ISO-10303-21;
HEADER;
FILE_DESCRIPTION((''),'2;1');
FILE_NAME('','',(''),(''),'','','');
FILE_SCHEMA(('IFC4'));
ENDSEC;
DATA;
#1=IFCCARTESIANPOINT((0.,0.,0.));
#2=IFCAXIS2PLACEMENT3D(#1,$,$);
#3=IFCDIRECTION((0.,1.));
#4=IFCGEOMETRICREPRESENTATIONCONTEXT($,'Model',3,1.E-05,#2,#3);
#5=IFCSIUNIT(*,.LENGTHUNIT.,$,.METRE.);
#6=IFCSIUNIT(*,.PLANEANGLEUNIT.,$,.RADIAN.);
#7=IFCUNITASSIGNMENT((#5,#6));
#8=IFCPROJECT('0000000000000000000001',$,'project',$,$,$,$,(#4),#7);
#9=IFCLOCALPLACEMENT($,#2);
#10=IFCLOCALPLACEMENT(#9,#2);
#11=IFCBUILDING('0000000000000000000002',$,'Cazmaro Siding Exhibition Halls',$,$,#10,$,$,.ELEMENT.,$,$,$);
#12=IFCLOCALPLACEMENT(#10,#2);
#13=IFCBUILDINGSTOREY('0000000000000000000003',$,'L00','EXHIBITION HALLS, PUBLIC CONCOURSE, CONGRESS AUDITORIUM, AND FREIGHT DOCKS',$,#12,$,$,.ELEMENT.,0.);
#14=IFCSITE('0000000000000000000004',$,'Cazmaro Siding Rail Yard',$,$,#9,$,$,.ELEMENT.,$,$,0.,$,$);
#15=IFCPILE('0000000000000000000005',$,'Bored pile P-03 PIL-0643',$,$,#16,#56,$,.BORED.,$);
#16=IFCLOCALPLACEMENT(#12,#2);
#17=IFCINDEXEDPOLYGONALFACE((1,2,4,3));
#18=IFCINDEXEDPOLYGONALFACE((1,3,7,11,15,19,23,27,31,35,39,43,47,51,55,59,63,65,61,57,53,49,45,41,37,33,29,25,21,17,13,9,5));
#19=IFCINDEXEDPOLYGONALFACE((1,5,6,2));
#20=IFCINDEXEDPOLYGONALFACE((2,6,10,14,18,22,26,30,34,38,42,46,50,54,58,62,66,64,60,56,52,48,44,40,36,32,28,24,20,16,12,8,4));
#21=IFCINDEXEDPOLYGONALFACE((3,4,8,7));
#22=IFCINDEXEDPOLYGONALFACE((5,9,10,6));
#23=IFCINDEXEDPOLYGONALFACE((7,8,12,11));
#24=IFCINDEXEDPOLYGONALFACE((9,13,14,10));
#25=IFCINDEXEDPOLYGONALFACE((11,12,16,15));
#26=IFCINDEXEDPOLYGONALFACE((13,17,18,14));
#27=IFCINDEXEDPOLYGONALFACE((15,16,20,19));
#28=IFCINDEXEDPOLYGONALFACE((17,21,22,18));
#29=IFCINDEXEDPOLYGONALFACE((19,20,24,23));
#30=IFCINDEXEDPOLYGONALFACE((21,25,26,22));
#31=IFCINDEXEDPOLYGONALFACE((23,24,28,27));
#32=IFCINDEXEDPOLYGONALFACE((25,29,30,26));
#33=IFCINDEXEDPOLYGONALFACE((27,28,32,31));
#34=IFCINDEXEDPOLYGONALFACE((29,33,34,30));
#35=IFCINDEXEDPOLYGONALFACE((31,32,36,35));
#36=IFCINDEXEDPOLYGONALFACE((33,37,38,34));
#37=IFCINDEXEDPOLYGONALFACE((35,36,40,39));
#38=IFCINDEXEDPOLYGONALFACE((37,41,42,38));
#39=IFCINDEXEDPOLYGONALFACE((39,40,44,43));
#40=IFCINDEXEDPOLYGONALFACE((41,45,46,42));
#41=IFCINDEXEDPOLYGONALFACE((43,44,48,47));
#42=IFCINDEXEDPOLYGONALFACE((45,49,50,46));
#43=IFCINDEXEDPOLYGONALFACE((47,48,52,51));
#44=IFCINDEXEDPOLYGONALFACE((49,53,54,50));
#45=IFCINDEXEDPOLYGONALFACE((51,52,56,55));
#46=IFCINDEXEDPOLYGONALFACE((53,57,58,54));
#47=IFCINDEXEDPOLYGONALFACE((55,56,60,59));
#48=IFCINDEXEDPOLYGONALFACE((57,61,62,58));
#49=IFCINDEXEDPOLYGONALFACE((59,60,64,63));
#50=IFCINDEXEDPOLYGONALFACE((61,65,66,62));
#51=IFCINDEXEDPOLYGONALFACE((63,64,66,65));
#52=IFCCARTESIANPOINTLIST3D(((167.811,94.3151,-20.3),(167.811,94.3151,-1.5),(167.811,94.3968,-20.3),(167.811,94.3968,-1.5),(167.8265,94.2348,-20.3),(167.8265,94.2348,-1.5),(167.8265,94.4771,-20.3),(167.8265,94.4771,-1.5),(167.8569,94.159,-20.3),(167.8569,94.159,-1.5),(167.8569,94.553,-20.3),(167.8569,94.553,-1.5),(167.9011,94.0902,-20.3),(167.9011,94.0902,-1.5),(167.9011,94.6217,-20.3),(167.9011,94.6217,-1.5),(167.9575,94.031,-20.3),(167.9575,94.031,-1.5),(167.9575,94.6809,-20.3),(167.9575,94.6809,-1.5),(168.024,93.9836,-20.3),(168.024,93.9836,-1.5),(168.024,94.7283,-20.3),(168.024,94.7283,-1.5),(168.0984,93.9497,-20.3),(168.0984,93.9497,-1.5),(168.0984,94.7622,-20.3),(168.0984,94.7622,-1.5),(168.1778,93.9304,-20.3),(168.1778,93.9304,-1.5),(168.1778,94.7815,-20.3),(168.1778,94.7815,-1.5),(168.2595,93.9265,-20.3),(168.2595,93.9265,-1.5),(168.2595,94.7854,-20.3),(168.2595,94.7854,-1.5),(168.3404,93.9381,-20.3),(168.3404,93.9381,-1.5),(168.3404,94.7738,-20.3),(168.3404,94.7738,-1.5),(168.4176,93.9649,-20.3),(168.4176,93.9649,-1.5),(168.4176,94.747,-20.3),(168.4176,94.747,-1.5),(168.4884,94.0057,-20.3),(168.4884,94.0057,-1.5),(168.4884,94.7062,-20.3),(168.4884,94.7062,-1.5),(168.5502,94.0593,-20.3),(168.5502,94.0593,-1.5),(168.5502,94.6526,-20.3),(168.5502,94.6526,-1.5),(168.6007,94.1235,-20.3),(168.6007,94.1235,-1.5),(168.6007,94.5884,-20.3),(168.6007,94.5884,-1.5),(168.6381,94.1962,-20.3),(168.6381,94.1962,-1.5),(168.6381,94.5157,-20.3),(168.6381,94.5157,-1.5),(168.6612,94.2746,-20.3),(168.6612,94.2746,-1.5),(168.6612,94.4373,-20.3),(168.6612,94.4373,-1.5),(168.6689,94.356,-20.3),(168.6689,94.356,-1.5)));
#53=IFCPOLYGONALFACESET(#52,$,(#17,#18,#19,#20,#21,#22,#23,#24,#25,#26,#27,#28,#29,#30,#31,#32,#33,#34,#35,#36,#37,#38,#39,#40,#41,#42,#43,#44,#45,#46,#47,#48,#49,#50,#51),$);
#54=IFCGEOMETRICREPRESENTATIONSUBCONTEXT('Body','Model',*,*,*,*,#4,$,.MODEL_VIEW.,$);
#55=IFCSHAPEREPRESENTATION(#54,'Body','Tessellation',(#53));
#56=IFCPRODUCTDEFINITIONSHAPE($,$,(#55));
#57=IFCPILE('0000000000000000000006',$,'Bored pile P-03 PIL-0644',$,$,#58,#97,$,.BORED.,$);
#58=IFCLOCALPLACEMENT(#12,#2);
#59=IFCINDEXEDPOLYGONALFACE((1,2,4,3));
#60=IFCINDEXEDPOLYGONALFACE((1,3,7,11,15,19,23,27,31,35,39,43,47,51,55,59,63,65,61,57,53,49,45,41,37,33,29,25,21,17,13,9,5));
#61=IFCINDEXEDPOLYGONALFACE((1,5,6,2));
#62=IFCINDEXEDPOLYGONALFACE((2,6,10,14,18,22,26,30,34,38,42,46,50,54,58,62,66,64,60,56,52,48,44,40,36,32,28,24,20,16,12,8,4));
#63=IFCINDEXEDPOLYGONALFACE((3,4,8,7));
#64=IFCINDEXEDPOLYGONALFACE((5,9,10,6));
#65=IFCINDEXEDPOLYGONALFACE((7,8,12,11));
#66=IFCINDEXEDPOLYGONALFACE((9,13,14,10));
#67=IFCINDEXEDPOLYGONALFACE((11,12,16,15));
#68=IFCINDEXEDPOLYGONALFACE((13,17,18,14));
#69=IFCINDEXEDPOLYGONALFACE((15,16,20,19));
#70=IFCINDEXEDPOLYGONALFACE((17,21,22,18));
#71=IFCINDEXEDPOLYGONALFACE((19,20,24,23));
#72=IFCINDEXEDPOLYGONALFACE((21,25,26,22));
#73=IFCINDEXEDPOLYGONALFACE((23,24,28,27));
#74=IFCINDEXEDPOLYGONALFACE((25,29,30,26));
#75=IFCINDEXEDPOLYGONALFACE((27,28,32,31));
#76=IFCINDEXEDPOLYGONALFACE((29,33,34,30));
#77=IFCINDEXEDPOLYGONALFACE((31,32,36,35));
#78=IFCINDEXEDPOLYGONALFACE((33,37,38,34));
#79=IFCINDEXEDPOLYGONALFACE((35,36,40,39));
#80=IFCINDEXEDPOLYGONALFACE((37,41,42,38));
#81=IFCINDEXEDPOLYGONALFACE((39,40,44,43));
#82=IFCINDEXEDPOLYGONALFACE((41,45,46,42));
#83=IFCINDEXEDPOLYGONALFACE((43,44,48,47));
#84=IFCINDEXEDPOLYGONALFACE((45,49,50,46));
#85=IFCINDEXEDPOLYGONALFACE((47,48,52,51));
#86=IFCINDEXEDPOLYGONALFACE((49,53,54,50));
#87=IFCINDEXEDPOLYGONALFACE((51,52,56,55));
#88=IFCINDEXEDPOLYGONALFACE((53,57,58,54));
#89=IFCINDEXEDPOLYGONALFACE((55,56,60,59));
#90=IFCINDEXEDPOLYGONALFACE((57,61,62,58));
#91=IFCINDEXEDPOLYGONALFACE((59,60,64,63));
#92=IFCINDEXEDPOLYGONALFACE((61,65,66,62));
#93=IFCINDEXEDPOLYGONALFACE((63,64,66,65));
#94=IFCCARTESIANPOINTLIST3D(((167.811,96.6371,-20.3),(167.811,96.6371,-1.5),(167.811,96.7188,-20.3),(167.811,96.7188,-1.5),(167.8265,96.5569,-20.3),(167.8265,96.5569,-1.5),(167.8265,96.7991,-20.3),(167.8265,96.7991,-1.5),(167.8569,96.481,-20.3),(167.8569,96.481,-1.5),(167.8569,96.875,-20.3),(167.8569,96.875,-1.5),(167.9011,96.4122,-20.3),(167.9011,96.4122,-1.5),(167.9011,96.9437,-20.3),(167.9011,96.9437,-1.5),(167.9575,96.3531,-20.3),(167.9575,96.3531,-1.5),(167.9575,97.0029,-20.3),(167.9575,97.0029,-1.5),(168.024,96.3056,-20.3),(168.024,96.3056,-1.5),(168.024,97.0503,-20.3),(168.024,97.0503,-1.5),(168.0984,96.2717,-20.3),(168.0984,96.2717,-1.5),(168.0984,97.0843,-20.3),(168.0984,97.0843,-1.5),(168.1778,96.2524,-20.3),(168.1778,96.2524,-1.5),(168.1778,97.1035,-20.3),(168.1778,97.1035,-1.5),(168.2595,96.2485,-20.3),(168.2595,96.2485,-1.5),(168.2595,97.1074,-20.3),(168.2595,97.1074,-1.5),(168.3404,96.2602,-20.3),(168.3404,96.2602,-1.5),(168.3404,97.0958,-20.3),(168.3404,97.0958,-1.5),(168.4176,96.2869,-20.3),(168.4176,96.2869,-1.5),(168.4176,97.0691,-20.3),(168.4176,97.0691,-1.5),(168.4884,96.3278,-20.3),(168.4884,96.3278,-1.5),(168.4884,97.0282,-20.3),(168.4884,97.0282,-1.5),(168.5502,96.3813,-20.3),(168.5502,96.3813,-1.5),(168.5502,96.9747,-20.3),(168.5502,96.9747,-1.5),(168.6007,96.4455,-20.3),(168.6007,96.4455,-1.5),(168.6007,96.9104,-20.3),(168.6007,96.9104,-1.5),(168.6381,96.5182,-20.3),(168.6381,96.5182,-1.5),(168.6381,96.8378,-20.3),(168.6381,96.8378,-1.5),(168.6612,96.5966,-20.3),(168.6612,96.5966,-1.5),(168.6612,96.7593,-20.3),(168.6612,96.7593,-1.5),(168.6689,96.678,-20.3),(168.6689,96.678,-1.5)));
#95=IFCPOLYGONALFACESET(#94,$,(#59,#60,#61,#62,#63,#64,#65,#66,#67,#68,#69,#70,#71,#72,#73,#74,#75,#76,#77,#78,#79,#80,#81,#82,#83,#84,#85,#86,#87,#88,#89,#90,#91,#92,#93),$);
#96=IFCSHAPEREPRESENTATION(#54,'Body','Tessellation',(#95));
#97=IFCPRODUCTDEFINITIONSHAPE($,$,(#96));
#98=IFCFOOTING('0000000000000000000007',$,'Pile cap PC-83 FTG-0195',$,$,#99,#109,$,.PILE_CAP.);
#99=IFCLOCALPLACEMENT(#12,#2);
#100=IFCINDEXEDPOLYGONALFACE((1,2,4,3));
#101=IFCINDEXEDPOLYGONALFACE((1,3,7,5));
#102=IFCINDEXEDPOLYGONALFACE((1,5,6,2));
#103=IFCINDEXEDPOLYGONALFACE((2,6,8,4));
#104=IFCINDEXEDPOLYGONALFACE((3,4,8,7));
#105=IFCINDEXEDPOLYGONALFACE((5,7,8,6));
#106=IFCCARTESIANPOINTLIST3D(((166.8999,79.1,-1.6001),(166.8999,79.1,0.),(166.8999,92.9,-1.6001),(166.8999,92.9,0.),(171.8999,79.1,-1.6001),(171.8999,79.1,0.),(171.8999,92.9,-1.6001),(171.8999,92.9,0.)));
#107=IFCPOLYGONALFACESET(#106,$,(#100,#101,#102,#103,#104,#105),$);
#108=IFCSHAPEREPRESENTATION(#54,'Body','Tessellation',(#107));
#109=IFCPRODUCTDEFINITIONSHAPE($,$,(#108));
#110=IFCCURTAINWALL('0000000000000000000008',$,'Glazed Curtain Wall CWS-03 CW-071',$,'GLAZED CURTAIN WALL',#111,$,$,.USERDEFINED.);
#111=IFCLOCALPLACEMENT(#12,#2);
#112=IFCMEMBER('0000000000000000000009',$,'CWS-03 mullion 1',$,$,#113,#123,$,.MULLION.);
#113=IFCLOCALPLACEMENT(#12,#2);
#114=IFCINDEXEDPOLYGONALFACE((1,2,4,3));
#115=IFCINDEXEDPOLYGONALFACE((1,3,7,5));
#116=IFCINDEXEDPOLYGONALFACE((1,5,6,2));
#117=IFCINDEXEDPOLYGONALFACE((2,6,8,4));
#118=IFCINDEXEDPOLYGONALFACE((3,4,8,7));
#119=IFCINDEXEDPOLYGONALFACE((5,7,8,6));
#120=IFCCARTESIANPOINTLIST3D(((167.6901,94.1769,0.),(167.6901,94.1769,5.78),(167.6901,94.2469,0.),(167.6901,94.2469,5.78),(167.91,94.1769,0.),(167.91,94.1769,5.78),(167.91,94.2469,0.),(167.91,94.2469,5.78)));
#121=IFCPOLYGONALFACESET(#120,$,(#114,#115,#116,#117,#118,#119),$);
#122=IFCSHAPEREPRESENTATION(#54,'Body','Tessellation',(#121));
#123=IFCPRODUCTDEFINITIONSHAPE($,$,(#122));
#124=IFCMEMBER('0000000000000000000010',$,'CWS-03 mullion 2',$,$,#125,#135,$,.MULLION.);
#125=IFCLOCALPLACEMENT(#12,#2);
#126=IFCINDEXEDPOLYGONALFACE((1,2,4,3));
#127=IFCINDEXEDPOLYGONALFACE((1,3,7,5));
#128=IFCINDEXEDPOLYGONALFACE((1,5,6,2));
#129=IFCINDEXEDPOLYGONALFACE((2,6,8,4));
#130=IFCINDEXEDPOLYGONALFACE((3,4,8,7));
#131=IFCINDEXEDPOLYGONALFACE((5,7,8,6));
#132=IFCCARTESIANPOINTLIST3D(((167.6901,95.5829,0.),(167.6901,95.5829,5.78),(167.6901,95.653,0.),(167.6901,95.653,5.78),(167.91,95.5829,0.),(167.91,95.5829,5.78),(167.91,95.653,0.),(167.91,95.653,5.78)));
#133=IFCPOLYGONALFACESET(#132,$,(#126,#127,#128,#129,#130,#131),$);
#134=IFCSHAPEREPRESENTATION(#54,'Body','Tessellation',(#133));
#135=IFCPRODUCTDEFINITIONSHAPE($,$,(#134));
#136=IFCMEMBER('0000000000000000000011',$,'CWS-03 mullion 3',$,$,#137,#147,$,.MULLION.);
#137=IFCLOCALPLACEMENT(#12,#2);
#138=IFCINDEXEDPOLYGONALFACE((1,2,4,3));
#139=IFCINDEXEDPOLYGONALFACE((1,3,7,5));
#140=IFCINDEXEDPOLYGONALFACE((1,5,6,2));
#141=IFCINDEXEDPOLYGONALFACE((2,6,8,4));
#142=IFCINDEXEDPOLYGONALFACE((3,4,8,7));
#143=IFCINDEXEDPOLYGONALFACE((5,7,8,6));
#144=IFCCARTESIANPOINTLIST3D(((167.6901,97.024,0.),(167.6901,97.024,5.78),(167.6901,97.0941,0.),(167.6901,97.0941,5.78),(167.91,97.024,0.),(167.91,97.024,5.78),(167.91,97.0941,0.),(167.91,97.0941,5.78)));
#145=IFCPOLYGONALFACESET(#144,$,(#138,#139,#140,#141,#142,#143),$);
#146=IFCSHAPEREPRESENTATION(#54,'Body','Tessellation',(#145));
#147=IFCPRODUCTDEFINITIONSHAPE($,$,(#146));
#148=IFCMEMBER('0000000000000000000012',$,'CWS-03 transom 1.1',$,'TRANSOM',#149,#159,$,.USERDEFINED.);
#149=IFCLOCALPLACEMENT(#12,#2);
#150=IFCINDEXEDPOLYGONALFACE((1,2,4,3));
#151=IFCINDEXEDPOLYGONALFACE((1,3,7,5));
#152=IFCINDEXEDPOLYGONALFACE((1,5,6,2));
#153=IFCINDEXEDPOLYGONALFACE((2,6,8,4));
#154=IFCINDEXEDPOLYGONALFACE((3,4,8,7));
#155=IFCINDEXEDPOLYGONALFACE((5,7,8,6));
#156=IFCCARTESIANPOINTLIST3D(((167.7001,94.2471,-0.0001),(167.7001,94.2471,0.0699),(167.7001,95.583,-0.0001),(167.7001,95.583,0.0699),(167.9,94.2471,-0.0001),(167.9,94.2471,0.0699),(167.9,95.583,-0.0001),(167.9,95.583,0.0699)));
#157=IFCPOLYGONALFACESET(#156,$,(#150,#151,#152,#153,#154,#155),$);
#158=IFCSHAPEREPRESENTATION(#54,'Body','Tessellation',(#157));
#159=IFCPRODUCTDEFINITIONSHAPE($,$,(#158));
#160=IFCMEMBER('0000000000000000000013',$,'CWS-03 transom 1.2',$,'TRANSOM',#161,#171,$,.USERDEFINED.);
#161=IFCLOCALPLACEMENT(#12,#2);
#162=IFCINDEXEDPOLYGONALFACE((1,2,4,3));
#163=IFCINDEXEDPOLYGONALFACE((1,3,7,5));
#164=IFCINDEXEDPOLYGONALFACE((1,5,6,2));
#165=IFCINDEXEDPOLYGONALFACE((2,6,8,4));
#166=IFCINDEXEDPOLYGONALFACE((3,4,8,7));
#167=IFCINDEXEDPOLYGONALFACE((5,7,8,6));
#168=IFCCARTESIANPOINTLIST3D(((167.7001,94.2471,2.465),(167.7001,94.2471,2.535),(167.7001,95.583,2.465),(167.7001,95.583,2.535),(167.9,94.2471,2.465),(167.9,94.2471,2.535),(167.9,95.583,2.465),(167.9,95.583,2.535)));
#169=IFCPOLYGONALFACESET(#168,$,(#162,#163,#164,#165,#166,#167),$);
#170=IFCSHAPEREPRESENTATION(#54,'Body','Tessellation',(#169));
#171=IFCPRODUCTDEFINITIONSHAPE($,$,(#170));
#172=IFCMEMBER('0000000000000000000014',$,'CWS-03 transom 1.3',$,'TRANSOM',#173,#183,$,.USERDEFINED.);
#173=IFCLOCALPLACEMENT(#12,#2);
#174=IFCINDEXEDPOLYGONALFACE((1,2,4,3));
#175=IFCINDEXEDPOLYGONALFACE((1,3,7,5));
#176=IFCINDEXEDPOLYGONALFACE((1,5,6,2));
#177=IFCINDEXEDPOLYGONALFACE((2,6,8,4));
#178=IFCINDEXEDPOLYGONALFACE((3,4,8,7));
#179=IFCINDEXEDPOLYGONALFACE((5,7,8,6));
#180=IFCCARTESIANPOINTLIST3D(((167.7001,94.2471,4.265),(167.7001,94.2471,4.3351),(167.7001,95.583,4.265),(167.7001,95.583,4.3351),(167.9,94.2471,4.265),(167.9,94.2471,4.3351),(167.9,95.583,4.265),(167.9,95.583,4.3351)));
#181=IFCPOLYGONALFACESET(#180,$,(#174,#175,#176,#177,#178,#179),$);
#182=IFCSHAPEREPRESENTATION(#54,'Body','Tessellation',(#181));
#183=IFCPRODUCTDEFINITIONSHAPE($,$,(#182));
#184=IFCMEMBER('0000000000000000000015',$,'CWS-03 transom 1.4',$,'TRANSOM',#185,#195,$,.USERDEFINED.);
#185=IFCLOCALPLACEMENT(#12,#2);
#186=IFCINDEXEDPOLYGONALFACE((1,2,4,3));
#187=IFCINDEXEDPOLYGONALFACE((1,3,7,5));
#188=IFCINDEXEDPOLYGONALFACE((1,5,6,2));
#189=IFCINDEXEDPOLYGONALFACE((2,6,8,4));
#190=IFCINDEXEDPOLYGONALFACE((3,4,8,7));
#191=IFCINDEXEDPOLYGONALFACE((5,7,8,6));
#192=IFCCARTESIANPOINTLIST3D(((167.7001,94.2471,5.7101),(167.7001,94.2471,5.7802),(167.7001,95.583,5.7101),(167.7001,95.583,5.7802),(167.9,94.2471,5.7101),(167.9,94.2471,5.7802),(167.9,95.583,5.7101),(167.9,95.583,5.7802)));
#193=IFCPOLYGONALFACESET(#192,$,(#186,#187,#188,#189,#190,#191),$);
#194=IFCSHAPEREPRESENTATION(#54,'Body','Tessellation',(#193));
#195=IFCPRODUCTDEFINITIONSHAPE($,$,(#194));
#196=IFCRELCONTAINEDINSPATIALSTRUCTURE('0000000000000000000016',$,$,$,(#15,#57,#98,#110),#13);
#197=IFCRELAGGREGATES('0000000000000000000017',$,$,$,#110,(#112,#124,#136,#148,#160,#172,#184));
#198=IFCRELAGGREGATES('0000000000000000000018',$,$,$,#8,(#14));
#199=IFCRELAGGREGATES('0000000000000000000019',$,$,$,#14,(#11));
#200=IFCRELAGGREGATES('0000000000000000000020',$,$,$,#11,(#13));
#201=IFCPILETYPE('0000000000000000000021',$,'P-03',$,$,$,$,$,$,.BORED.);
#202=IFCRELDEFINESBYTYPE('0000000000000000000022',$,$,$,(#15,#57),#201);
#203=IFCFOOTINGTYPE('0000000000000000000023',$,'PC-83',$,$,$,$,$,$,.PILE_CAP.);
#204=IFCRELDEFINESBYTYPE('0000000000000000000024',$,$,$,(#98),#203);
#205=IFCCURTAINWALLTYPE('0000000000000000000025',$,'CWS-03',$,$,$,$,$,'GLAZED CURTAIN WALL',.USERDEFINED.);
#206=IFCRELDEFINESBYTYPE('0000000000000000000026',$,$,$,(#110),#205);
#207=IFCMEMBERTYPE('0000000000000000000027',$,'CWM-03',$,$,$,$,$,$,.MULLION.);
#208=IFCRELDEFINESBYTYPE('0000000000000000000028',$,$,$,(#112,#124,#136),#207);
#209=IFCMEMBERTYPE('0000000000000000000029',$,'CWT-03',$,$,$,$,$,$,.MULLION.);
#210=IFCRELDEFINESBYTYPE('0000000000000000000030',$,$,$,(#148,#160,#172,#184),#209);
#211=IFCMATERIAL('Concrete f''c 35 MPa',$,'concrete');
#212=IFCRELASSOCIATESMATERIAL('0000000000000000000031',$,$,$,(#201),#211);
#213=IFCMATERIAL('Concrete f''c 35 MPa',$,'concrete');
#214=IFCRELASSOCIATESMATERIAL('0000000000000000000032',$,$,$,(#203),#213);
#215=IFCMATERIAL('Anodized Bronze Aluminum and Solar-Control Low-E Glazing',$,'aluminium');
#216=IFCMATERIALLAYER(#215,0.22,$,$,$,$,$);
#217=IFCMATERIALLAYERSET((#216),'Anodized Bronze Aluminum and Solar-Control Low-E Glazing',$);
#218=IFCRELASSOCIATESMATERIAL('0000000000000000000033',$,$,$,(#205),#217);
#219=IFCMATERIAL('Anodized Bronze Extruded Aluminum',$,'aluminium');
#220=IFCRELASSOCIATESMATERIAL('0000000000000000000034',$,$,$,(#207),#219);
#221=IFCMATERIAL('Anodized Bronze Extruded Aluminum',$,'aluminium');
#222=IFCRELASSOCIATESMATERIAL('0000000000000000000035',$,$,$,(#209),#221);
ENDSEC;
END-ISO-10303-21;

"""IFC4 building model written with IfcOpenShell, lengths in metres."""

from ifc_helpers import new_model, si_unit, direction, frame, origin, origin_2d, place, context, subcontext, project, spatial, rectangle, circle, extrude, material, layer, layer_set, material_profile, profile_set, type_object, element, aggregate, save


model = new_model("IFC4")

# Units and contexts
model_context = context("Model", 3, precision=1e-05, world=origin(), true_north=direction((0.0, 1.0)))
body_context = subcontext(model_context, "Body", "Model", "MODEL_VIEW")
ifc_project = project(units=[si_unit("LENGTHUNIT", "METRE"), si_unit("PLANEANGLEUNIT", "RADIAN")], contexts=[model_context])

# Site, building, storey
site_placement = place(None, origin())
site = spatial("IfcSite", under=ifc_project, at=site_placement, Name="Cazmaro Siding Rail Yard", CompositionType="ELEMENT", RefElevation=0.0)
building_placement = place(site_placement, origin())
building = spatial("IfcBuilding", under=site, at=building_placement, Name="Cazmaro Siding Exhibition Halls", CompositionType="ELEMENT")
storey_placement = place(building_placement, origin())
storey = spatial("IfcBuildingStorey", under=building, at=storey_placement, Name="L00", Description="EXHIBITION HALLS, PUBLIC CONCOURSE, CONGRESS AUDITORIUM, AND FREIGHT DOCKS", CompositionType="ELEMENT", Elevation=0.0)

# Piles
ifc_material_1 = material(Name="Concrete f'c 35 MPa", Category="concrete")
ifc_material_profile_1 = material_profile(ifc_material_1, circle(Radius=0.4299, at=origin_2d()), Name="CIDH-860")
ifc_profile_set_1 = profile_set([ifc_material_profile_1], Name="Concrete f'c 35 MPa")
pile_type = type_object("IfcPileType", Name="P-03", PredefinedType="BORED", material=ifc_profile_set_1)
for number, where, z_axis, x_axis, name in (
    (1, (168.239, 94.356, -1.5), (0.0, 0.0, -1.0), (1.0, 0.0, 0.0), "Bored pile P-03 PIL-0643"),
    (2, (168.239, 96.678, -1.5), (0.0, 0.0, -1.0), (1.0, 0.0, 0.0), "Bored pile P-03 PIL-0644"),
):
    element("IfcPile", number, at=place(storey_placement, frame(where, z_axis=z_axis, x_axis=x_axis)), inside=storey, type_object=pile_type, Name=name, PredefinedType="BORED", context=body_context, shape_type="SweptSolid", body=[
        extrude(circle(Radius=0.4299, at=origin_2d()), origin(), (0.0, 0.0, 1.0), 18.8),
    ])

# Footing
ifc_material_2 = material(Name="Concrete f'c 35 MPa", Category="concrete")
footing_type = type_object("IfcFootingType", Name="PC-83", PredefinedType="PILE_CAP", material=ifc_material_2)
footing_placement = place(storey_placement, frame((169.3999, 86.0, -1.6001), z_axis=(0.0, 0.0, 1.0), x_axis=(1.0, 0.0, 0.0)))
element("IfcFooting", 3, at=footing_placement, inside=storey, type_object=footing_type, Name="Pile cap PC-83 FTG-0195", PredefinedType="PILE_CAP", context=body_context, shape_type="SweptSolid", body=[
    extrude(rectangle(XDim=5.0, YDim=13.8, at=origin_2d()), origin(), (0.0, 0.0, 1.0), 1.6001),
])

# Curtain wall, members
ifc_material_3 = material(Name="Anodized Bronze Aluminum and Solar-Control Low-E Glazing", Category="aluminium")
ifc_layer_1 = layer(ifc_material_3, 0.22)
ifc_layer_set_1 = layer_set([ifc_layer_1], Name="Anodized Bronze Aluminum and Solar-Control Low-E Glazing")
curtain_wall_type = type_object("IfcCurtainWallType", Name="CWS-03", ElementType="GLAZED CURTAIN WALL", PredefinedType="USERDEFINED", material=ifc_layer_set_1)
curtain_wall_placement = place(storey_placement, origin())
curtain_wall = element("IfcCurtainWall", 4, at=curtain_wall_placement, inside=storey, type_object=curtain_wall_type, Name="Glazed Curtain Wall CWS-03 CW-071", ObjectType="GLAZED CURTAIN WALL", PredefinedType="USERDEFINED")
ifc_material_4 = material(Name="Anodized Bronze Extruded Aluminum", Category="aluminium")
ifc_material_profile_2 = material_profile(ifc_material_4, rectangle(XDim=0.22, YDim=0.0701, at=origin_2d()), Name="CWM-03")
ifc_profile_set_2 = profile_set([ifc_material_profile_2], Name="Anodized Bronze Extruded Aluminum")
member_type_1 = type_object("IfcMemberType", Name="CWM-03", PredefinedType="MULLION", material=ifc_profile_set_2)
member_1_placement = place(storey_placement, frame((167.8, 94.2119, 0.0), z_axis=(0.0, 0.0, 1.0), x_axis=(-1.0, 0.0, 0.0)))
member_1 = element("IfcMember", 5, at=member_1_placement, type_object=member_type_1, Name="CWS-03 mullion 1", PredefinedType="MULLION", context=body_context, shape_type="SweptSolid", body=[
    extrude(rectangle(XDim=0.22, YDim=0.0701, at=origin_2d()), origin(), (0.0, 0.0, 1.0), 5.78),
])
member_2_placement = place(storey_placement, frame((167.8, 95.6179, 0.0), z_axis=(0.0, 0.0, 1.0), x_axis=(-1.0, 0.0, 0.0)))
member_2 = element("IfcMember", 6, at=member_2_placement, type_object=member_type_1, Name="CWS-03 mullion 2", PredefinedType="MULLION", context=body_context, shape_type="SweptSolid", body=[
    extrude(rectangle(XDim=0.22, YDim=0.0701, at=origin_2d()), origin(), (0.0, 0.0, 1.0), 5.78),
])
member_3_placement = place(storey_placement, frame((167.8, 97.0591, 0.0), z_axis=(0.0, 0.0, 1.0), x_axis=(-1.0, 0.0, 0.0)))
member_3 = element("IfcMember", 7, at=member_3_placement, type_object=member_type_1, Name="CWS-03 mullion 3", PredefinedType="MULLION", context=body_context, shape_type="SweptSolid", body=[
    extrude(rectangle(XDim=0.22, YDim=0.0701, at=origin_2d()), origin(), (0.0, 0.0, 1.0), 5.78),
])
ifc_material_5 = material(Name="Anodized Bronze Extruded Aluminum", Category="aluminium")
ifc_material_profile_3 = material_profile(ifc_material_5, rectangle(XDim=0.2, YDim=0.0701, at=origin_2d()), Name="CWT-03")
ifc_profile_set_3 = profile_set([ifc_material_profile_3], Name="Anodized Bronze Extruded Aluminum")
member_type_2 = type_object("IfcMemberType", Name="CWT-03", PredefinedType="MULLION", material=ifc_profile_set_3)
member_4_placement = place(storey_placement, frame((167.8, 94.2471, 0.0349), z_axis=(0.0, 1.0, 0.0), x_axis=(-1.0, 0.0, 0.0)))
member_4 = element("IfcMember", 8, at=member_4_placement, type_object=member_type_2, Name="CWS-03 transom 1.1", ObjectType="TRANSOM", PredefinedType="USERDEFINED", context=body_context, shape_type="SweptSolid", body=[
    extrude(rectangle(XDim=0.2, YDim=0.0701, at=origin_2d()), origin(), (0.0, 0.0, 1.0), 1.3359),
])
member_5_placement = place(storey_placement, frame((167.8, 94.2471, 2.5), z_axis=(0.0, 1.0, 0.0), x_axis=(-1.0, 0.0, 0.0)))
member_5 = element("IfcMember", 9, at=member_5_placement, type_object=member_type_2, Name="CWS-03 transom 1.2", ObjectType="TRANSOM", PredefinedType="USERDEFINED", context=body_context, shape_type="SweptSolid", body=[
    extrude(rectangle(XDim=0.2, YDim=0.0701, at=origin_2d()), origin(), (0.0, 0.0, 1.0), 1.3359),
])
member_6_placement = place(storey_placement, frame((167.8, 94.2471, 4.3), z_axis=(0.0, 1.0, 0.0), x_axis=(-1.0, 0.0, 0.0)))
member_6 = element("IfcMember", 10, at=member_6_placement, type_object=member_type_2, Name="CWS-03 transom 1.3", ObjectType="TRANSOM", PredefinedType="USERDEFINED", context=body_context, shape_type="SweptSolid", body=[
    extrude(rectangle(XDim=0.2, YDim=0.0701, at=origin_2d()), origin(), (0.0, 0.0, 1.0), 1.3359),
])
member_7_placement = place(storey_placement, frame((167.8, 94.2471, 5.7451), z_axis=(0.0, 1.0, 0.0), x_axis=(-1.0, 0.0, 0.0)))
member_7 = element("IfcMember", 11, at=member_7_placement, type_object=member_type_2, Name="CWS-03 transom 1.4", ObjectType="TRANSOM", PredefinedType="USERDEFINED", context=body_context, shape_type="SweptSolid", body=[
    extrude(rectangle(XDim=0.2, YDim=0.0701, at=origin_2d()), origin(), (0.0, 0.0, 1.0), 1.3359),
])
aggregate(curtain_wall, [member_1, member_2, member_3, member_4, member_5, member_6, member_7])

save(model, "model.ifc")
